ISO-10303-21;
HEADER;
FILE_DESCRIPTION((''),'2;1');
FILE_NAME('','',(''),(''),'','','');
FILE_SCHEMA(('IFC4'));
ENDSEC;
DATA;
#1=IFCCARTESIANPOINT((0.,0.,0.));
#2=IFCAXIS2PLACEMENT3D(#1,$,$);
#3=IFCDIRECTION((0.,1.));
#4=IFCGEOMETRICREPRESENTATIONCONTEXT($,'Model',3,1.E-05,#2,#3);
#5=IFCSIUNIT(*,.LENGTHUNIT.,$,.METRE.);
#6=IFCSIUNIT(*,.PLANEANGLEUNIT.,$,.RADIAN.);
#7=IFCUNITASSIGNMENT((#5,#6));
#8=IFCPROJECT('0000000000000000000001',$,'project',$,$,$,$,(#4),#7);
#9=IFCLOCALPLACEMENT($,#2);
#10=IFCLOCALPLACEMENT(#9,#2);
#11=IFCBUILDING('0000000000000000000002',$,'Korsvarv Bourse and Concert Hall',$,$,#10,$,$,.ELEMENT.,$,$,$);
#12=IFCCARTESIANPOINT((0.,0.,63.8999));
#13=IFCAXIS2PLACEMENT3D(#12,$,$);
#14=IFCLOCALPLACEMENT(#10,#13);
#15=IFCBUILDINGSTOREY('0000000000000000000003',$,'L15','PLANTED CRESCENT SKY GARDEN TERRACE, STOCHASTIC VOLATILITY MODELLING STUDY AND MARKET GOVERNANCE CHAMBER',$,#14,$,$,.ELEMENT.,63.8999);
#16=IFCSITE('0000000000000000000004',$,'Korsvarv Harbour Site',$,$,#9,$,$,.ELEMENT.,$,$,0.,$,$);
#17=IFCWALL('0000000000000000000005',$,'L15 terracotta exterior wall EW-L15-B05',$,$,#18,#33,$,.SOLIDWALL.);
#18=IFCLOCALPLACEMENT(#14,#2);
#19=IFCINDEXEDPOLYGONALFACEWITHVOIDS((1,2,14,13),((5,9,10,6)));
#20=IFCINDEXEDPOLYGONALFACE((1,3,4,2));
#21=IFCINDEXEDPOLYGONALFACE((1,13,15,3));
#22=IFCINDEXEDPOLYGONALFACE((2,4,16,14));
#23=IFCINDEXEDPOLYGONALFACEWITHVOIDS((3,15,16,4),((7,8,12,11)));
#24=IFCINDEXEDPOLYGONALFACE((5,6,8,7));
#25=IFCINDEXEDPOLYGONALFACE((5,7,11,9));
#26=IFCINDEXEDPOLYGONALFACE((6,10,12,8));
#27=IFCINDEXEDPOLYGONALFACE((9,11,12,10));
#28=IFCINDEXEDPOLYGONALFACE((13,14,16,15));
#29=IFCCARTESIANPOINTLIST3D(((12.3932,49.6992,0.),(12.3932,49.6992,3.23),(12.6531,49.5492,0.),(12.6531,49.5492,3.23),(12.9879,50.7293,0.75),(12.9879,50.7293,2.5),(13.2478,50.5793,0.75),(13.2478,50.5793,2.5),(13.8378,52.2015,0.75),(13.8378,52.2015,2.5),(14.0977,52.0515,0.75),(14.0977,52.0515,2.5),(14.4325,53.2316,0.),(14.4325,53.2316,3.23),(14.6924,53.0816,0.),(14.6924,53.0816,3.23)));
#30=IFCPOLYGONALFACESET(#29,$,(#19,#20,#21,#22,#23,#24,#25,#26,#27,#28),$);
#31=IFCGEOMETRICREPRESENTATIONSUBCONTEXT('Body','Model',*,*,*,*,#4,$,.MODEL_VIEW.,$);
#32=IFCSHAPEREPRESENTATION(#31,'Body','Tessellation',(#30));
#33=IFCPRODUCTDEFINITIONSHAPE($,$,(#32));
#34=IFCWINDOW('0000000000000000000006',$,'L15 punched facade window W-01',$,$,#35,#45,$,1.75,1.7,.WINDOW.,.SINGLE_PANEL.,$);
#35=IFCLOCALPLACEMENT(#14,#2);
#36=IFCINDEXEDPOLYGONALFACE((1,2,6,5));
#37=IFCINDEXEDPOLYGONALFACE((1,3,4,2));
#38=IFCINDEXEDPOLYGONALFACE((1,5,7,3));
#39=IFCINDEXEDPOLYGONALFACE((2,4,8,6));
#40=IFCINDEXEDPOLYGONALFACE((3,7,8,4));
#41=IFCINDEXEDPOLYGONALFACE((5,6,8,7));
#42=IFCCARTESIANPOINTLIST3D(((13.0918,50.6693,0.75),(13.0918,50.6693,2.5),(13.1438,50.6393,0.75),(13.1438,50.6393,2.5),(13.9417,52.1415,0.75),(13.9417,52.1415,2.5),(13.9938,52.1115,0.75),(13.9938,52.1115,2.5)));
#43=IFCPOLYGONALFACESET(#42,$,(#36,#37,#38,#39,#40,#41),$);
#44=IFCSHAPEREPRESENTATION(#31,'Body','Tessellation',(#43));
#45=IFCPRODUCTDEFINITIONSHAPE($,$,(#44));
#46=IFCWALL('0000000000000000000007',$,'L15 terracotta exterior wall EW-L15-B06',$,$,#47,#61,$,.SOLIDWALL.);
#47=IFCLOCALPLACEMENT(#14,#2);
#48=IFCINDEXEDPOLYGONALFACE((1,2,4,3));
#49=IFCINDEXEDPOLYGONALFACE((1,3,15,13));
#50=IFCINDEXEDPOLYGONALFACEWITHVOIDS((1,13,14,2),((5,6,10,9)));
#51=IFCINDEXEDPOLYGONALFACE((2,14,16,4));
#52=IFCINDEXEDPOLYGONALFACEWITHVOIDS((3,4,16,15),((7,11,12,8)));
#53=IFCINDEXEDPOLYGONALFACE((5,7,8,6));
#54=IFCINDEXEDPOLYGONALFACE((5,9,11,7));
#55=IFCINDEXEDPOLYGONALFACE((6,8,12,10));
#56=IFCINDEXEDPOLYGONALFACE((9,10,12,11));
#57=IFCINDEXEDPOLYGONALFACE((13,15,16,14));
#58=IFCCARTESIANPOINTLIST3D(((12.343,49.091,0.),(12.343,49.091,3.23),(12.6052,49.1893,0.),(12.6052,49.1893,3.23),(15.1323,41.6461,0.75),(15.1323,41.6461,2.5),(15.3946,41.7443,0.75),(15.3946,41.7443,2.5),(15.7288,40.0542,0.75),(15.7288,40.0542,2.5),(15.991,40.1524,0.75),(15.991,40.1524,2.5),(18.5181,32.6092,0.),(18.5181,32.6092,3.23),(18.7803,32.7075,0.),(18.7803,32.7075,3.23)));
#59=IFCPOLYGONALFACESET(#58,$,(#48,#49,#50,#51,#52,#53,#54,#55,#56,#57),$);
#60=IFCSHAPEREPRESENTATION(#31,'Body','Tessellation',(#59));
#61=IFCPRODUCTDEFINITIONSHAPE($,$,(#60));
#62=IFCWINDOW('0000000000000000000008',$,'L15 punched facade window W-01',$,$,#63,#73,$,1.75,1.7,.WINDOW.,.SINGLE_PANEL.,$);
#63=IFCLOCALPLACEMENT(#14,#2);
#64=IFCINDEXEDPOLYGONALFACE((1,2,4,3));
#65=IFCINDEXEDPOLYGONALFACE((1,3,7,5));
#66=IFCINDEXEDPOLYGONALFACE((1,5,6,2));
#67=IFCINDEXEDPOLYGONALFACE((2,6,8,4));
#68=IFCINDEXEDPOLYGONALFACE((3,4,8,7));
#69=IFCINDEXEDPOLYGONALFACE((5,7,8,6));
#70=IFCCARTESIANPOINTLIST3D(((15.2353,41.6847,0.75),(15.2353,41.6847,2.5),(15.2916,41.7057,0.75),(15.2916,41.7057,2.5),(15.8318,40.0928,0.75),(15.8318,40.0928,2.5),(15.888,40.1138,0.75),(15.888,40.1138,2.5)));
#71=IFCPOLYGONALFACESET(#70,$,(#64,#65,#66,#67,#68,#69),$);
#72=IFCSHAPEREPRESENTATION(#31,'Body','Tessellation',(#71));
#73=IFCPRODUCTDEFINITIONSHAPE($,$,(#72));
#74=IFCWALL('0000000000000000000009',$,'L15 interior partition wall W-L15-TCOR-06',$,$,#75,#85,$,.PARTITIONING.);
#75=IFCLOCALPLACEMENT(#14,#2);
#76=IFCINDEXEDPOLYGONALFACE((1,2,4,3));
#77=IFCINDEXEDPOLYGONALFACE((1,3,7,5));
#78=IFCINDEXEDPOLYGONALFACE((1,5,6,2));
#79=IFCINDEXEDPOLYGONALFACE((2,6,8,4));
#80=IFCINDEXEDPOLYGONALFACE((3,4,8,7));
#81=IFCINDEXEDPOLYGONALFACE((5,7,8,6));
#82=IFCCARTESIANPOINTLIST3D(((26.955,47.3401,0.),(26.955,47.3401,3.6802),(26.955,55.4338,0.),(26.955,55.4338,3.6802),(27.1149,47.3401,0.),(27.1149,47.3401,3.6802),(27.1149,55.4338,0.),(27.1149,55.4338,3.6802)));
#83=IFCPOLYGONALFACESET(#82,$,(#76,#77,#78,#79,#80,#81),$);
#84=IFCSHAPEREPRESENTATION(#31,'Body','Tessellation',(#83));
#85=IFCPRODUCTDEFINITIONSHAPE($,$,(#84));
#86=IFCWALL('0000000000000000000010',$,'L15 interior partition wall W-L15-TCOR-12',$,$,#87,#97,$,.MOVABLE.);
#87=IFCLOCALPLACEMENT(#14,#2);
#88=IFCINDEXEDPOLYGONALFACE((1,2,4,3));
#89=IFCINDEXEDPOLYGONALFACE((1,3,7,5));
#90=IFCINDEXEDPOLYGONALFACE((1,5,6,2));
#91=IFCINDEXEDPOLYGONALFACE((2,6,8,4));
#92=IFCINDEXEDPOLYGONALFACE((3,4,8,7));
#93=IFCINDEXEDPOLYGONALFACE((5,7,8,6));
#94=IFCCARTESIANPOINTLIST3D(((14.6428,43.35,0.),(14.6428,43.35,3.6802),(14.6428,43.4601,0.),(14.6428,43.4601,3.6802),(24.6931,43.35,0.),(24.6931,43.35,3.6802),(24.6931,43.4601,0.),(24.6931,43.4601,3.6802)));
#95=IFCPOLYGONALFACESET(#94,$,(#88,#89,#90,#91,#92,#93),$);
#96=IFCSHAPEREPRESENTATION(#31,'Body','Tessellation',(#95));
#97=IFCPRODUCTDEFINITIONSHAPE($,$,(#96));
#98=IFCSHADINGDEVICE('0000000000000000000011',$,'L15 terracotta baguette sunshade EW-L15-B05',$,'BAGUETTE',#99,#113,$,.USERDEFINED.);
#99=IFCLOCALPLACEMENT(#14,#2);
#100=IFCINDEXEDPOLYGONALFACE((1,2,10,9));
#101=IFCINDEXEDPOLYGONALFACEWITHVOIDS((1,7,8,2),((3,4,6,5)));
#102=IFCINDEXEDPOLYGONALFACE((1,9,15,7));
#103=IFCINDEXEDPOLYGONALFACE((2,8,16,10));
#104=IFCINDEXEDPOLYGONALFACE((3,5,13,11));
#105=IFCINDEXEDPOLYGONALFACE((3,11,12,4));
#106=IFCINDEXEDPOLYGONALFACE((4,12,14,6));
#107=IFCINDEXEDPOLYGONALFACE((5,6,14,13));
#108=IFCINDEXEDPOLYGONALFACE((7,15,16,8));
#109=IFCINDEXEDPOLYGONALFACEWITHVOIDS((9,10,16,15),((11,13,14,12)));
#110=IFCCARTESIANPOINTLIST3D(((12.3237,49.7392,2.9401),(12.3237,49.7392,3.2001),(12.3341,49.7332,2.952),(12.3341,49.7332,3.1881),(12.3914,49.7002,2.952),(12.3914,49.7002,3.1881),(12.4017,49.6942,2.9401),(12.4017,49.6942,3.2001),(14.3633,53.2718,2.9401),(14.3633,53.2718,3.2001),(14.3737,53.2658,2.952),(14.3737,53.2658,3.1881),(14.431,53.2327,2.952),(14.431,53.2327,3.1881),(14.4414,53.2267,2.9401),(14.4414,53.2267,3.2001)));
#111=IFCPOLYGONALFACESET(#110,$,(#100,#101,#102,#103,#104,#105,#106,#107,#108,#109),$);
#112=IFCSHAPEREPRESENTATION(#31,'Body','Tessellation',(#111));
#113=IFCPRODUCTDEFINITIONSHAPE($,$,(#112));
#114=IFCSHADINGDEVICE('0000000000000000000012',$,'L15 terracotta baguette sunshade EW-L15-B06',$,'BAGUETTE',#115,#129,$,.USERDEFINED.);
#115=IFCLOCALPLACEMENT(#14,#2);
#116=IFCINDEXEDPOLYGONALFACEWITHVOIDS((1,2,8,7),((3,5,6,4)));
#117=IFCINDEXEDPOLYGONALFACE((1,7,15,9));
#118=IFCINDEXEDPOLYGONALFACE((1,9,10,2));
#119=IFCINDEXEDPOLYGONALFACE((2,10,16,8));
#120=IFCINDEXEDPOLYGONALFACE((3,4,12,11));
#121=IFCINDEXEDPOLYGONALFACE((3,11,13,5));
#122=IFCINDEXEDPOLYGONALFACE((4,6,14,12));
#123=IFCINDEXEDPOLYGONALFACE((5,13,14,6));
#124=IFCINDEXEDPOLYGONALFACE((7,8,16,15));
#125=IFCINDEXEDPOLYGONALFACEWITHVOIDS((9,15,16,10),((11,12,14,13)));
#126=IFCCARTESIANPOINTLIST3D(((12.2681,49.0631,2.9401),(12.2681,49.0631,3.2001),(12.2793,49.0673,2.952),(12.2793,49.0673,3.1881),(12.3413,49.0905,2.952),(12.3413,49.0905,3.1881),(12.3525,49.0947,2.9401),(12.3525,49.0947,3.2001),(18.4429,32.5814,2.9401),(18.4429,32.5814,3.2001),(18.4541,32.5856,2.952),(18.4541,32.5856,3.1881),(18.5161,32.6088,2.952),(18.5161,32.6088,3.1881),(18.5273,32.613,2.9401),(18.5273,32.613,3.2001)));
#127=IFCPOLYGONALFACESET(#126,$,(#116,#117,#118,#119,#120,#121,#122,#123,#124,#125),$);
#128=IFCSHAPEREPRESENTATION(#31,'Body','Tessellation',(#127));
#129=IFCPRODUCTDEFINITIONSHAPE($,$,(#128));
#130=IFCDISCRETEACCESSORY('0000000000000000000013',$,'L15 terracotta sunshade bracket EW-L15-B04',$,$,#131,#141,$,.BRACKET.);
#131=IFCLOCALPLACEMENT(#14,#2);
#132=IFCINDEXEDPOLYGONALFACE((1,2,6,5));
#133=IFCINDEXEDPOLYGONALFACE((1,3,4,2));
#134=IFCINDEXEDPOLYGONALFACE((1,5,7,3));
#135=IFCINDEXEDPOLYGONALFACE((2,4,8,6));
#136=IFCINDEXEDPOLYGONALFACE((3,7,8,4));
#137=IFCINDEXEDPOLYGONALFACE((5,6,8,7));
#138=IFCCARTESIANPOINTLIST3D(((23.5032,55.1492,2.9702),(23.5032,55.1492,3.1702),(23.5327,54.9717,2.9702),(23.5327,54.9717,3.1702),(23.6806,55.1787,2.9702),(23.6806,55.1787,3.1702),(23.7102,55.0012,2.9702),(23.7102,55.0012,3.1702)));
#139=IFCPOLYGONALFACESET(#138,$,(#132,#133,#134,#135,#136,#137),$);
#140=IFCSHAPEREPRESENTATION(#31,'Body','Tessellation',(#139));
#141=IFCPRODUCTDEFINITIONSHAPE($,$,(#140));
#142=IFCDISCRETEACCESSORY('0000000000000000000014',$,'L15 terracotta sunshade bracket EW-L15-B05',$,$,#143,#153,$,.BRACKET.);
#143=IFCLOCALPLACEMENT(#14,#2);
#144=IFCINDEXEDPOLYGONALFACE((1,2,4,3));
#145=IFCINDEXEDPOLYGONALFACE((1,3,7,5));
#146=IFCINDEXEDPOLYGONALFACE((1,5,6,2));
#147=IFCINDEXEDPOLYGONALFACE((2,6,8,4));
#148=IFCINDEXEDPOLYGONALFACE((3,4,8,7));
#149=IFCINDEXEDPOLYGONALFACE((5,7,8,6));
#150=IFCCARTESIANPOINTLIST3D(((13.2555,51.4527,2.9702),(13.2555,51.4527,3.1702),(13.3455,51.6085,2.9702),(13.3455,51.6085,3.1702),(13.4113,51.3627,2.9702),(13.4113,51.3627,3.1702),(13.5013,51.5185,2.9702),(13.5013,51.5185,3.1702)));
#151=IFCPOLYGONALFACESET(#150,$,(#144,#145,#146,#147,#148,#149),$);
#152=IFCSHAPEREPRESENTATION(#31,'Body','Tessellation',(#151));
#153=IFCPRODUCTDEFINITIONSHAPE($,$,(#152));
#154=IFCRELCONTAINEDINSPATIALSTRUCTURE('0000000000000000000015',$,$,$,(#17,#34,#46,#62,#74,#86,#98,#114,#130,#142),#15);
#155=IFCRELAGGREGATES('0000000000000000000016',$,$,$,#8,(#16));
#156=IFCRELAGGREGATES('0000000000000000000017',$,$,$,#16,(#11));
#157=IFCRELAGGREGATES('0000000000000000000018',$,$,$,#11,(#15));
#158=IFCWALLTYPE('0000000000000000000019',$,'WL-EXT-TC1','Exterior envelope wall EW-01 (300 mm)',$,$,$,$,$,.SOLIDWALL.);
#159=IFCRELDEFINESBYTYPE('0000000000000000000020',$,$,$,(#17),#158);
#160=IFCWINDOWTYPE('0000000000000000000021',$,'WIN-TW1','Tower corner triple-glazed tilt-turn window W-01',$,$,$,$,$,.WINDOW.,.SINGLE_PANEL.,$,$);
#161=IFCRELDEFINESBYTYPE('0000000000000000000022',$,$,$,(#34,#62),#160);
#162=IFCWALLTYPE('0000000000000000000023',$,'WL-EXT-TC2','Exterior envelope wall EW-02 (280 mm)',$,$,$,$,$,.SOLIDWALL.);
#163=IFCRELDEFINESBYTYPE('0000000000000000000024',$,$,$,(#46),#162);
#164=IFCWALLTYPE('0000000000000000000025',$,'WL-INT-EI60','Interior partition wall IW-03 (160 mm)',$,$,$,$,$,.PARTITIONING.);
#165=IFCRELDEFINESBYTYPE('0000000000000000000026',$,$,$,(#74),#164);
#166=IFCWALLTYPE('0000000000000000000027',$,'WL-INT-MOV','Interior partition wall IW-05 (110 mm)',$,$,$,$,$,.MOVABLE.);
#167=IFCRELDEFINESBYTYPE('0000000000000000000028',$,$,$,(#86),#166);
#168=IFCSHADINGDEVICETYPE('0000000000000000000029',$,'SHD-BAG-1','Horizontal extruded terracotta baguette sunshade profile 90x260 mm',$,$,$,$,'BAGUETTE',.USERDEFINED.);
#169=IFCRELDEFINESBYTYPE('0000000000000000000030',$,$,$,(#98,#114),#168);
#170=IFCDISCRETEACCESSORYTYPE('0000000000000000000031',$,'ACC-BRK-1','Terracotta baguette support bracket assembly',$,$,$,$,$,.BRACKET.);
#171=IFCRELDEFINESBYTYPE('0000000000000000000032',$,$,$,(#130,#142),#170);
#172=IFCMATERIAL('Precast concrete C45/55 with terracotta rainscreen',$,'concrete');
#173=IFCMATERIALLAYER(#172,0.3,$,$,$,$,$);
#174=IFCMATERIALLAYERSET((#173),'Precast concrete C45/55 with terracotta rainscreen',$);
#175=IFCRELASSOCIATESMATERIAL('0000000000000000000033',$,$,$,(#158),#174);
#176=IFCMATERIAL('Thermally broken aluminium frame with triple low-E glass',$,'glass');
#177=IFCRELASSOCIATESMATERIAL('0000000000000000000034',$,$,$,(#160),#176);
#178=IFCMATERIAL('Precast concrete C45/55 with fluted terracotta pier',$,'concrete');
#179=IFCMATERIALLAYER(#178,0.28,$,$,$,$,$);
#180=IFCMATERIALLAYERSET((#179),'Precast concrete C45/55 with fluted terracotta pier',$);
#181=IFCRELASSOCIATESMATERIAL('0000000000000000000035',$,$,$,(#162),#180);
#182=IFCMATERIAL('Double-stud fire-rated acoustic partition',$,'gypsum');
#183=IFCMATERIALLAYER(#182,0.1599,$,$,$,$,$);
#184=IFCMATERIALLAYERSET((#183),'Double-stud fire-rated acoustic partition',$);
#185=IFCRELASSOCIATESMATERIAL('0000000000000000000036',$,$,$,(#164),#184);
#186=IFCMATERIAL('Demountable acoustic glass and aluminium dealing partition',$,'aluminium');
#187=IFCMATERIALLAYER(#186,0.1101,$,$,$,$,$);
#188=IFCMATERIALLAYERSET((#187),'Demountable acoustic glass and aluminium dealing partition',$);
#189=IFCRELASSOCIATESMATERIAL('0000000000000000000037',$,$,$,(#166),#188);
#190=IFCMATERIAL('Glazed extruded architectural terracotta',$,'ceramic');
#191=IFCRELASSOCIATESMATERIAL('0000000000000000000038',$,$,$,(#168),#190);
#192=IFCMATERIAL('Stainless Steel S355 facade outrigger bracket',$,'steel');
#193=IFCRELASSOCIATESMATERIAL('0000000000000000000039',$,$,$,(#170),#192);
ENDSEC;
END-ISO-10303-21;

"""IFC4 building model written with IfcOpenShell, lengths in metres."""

from ifc_helpers import new_model, si_unit, direction, frame, frame_2d, origin, origin_2d, place, context, subcontext, project, spatial, rectangle, hollow_rectangle, extrude, source, transform, mapped, material, layer, layer_set, material_profile, profile_set, type_object, element, fill, save


model = new_model("IFC4")

# Units and contexts
model_context = context("Model", 3, precision=1e-05, world=origin(), true_north=direction((0.0, 1.0)))
body_context = subcontext(model_context, "Body", "Model", "MODEL_VIEW")
ifc_project = project(units=[si_unit("LENGTHUNIT", "METRE"), si_unit("PLANEANGLEUNIT", "RADIAN")], contexts=[model_context])

# Site, building, storey
site_placement = place(None, origin())
site = spatial("IfcSite", under=ifc_project, at=site_placement, Name="Korsvarv Harbour Site", CompositionType="ELEMENT", RefElevation=0.0)
building_placement = place(site_placement, origin())
building = spatial("IfcBuilding", under=site, at=building_placement, Name="Korsvarv Bourse and Concert Hall", CompositionType="ELEMENT")
storey_placement = place(building_placement, frame((0.0, 0.0, 63.8999)))
storey = spatial("IfcBuildingStorey", under=building, at=storey_placement, Name="L15", Description="PLANTED CRESCENT SKY GARDEN TERRACE, STOCHASTIC VOLATILITY MODELLING STUDY AND MARKET GOVERNANCE CHAMBER", CompositionType="ELEMENT", Elevation=63.8999)

# Walls, openings, windows
ifc_material_1 = material(Name="Precast concrete C45/55 with terracotta rainscreen", Category="concrete")
ifc_layer_1 = layer(ifc_material_1, 0.3)
ifc_layer_set_1 = layer_set([ifc_layer_1], Name="Precast concrete C45/55 with terracotta rainscreen")
wall_type_1 = type_object("IfcWallType", Name="WL-EXT-TC1", Description="Exterior envelope wall EW-01 (300 mm)", PredefinedType="SOLIDWALL", material=ifc_layer_set_1)
wall_1_placement = place(storey_placement, frame((14.5625, 53.1567, 0.0), z_axis=(0.0, 0.0, 1.0), x_axis=(-0.499969, -0.866043, 0.0)))
wall_1 = element("IfcWall", 1, at=wall_1_placement, inside=storey, type_object=wall_type_1, Name="L15 terracotta exterior wall EW-L15-B05", PredefinedType="SOLIDWALL", context=body_context, shape_type="SweptSolid", body=[
    extrude(rectangle(XDim=4.0789, YDim=0.3, at=frame_2d((2.0396, 0.0))), origin(), (0.0, 0.0, 1.0), 3.23),
])
opening_1_placement = place(wall_1_placement, frame((1.1895, 0.0, 0.75)))
opening_1 = element("IfcOpeningElement", 2, at=opening_1_placement, cuts=wall_1, PredefinedType="OPENING", context=body_context, shape_type="SweptSolid", body=[
    extrude(rectangle(XDim=1.7, YDim=1.75, at=frame_2d((0.8501, 0.875))), frame((0.0, 0.1602, 0.0), z_axis=(0.0, -1.0, 0.0), x_axis=(1.0, 0.0, 0.0)), (0.0, 0.0, 1.0), 0.3201),
])
ifc_material_2 = material(Name="Thermally broken aluminium frame with triple low-E glass", Category="glass")
window_type = type_object("IfcWindowType", Name="WIN-TW1", Description="Tower corner triple-glazed tilt-turn window W-01", PartitioningType="SINGLE_PANEL", PredefinedType="WINDOW", material=ifc_material_2)
window_1_placement = place(opening_1_placement, origin())
window_1 = element("IfcWindow", 3, at=window_1_placement, inside=storey, type_object=window_type, Name="L15 punched facade window W-01", OverallHeight=1.75, OverallWidth=1.7, PartitioningType="SINGLE_PANEL", PredefinedType="WINDOW", context=body_context, shape_type="SweptSolid", body=[
    extrude(rectangle(XDim=1.7, YDim=1.75, at=frame_2d((0.8501, 0.875))), frame((0.0, 0.03, 0.0), z_axis=(0.0, -1.0, 0.0), x_axis=(1.0, 0.0, 0.0)), (0.0, 0.0, 1.0), 0.0601),
])
fill(opening_1, window_1)
ifc_material_3 = material(Name="Precast concrete C45/55 with fluted terracotta pier", Category="concrete")
ifc_layer_2 = layer(ifc_material_3, 0.28)
ifc_layer_set_2 = layer_set([ifc_layer_2], Name="Precast concrete C45/55 with fluted terracotta pier")
wall_type_2 = type_object("IfcWallType", Name="WL-EXT-TC2", Description="Exterior envelope wall EW-02 (280 mm)", PredefinedType="SOLIDWALL", material=ifc_layer_set_2)
wall_2_placement = place(storey_placement, frame((12.4741, 49.1401, 0.0), z_axis=(0.0, 0.0, 1.0), x_axis=(0.350845, -0.936433, 0.0)))
wall_2 = element("IfcWall", 4, at=wall_2_placement, inside=storey, type_object=wall_type_2, Name="L15 terracotta exterior wall EW-L15-B06", PredefinedType="SOLIDWALL", context=body_context, shape_type="SweptSolid", body=[
    extrude(rectangle(XDim=17.6006, YDim=0.28, at=frame_2d((8.8003, 0.0))), origin(), (0.0, 0.0, 1.0), 3.23),
])
opening_2_placement = place(wall_2_placement, frame((7.9502, 0.0, 0.75)))
opening_2 = element("IfcOpeningElement", 5, at=opening_2_placement, cuts=wall_2, PredefinedType="OPENING", context=body_context, shape_type="SweptSolid", body=[
    extrude(rectangle(XDim=1.7, YDim=1.75, at=frame_2d((0.8501, 0.875))), frame((0.0, 0.1499, 0.0), z_axis=(0.0, -1.0, 0.0), x_axis=(1.0, 0.0, 0.0)), (0.0, 0.0, 1.0), 0.3),
])
window_2_placement = place(opening_2_placement, origin())
window_2 = element("IfcWindow", 6, at=window_2_placement, inside=storey, type_object=window_type, Name="L15 punched facade window W-01", OverallHeight=1.75, OverallWidth=1.7, PartitioningType="SINGLE_PANEL", PredefinedType="WINDOW", context=body_context, shape_type="SweptSolid", body=[
    extrude(rectangle(XDim=1.7, YDim=1.75, at=frame_2d((0.8501, 0.875))), frame((0.0, 0.03, 0.0), z_axis=(0.0, -1.0, 0.0), x_axis=(1.0, 0.0, 0.0)), (0.0, 0.0, 1.0), 0.0601),
])
fill(opening_2, window_2)

# Walls
ifc_material_4 = material(Name="Double-stud fire-rated acoustic partition", Category="gypsum")
ifc_layer_3 = layer(ifc_material_4, 0.1599)
ifc_layer_set_3 = layer_set([ifc_layer_3], Name="Double-stud fire-rated acoustic partition")
wall_type_3 = type_object("IfcWallType", Name="WL-INT-EI60", Description="Interior partition wall IW-03 (160 mm)", PredefinedType="PARTITIONING", material=ifc_layer_set_3)
wall_3_placement = place(storey_placement, frame((27.0349, 47.3401, 0.0), z_axis=(0.0, 0.0, 1.0), x_axis=(0.0, 1.0, 0.0)))
element("IfcWall", 7, at=wall_3_placement, inside=storey, type_object=wall_type_3, Name="L15 interior partition wall W-L15-TCOR-06", PredefinedType="PARTITIONING", context=body_context, shape_type="SweptSolid", body=[
    extrude(rectangle(XDim=8.0938, YDim=0.1599, at=frame_2d((4.0469, 0.0))), origin(), (0.0, 0.0, 1.0), 3.6802),
])
ifc_material_5 = material(Name="Demountable acoustic glass and aluminium dealing partition", Category="aluminium")
ifc_layer_4 = layer(ifc_material_5, 0.1101)
ifc_layer_set_4 = layer_set([ifc_layer_4], Name="Demountable acoustic glass and aluminium dealing partition")
wall_type_4 = type_object("IfcWallType", Name="WL-INT-MOV", Description="Interior partition wall IW-05 (110 mm)", PredefinedType="MOVABLE", material=ifc_layer_set_4)
wall_4_placement = place(storey_placement, frame((14.6428, 43.405, 0.0), z_axis=(0.0, 0.0, 1.0), x_axis=(1.0, 0.0, 0.0)))
element("IfcWall", 8, at=wall_4_placement, inside=storey, type_object=wall_type_4, Name="L15 interior partition wall W-L15-TCOR-12", PredefinedType="MOVABLE", context=body_context, shape_type="SweptSolid", body=[
    extrude(rectangle(XDim=10.0503, YDim=0.1101, at=frame_2d((5.0251, 0.0))), origin(), (0.0, 0.0, 1.0), 3.6802),
])

# Shading devices
ifc_material_6 = material(Name="Glazed extruded architectural terracotta", Category="ceramic")
ifc_material_profile_1 = material_profile(ifc_material_6, hollow_rectangle(XDim=0.0901, YDim=0.26, WallThickness=0.012, at=origin_2d()), Name="TC-BAG 90x260")
ifc_profile_set_1 = profile_set([ifc_material_profile_1], Name="Glazed extruded architectural terracotta")
shading_device_type = type_object("IfcShadingDeviceType", Name="SHD-BAG-1", Description="Horizontal extruded terracotta baguette sunshade profile 90x260 mm", ElementType="BAGUETTE", PredefinedType="USERDEFINED", material=ifc_profile_set_1)
shared_shape_1 = source(origin(), body_context, "Body", "SweptSolid", [
    extrude(hollow_rectangle(XDim=0.0901, YDim=0.26, WallThickness=0.012, at=origin_2d()), origin(), (0.0, 0.0, 1.0), 4.0791),
])
shading_device_1_placement = place(storey_placement, frame((14.4023, 53.2493, 3.0701), z_axis=(-0.500014, -0.866017, 0.0), x_axis=(0.866017, -0.500014, 0.0)))
element("IfcShadingDevice", 9, at=shading_device_1_placement, inside=storey, type_object=shading_device_type, Name="L15 terracotta baguette sunshade EW-L15-B05", ObjectType="BAGUETTE", PredefinedType="USERDEFINED", context=body_context, shape_type="MappedRepresentation", body=[
    mapped(shared_shape_1, transform((0.0, 0.0, 0.0), scale=1.0)),
])
shared_shape_2 = source(origin(), body_context, "Body", "SweptSolid", [
    extrude(hollow_rectangle(XDim=0.0901, YDim=0.26, WallThickness=0.012, at=origin_2d()), origin(), (0.0, 0.0, 1.0), 17.6003),
])
shading_device_2_placement = place(storey_placement, frame((12.3103, 49.0789, 3.0701), z_axis=(0.350833, -0.936438, 0.0), x_axis=(0.936438, 0.350833, 0.0)))
element("IfcShadingDevice", 10, at=shading_device_2_placement, inside=storey, type_object=shading_device_type, Name="L15 terracotta baguette sunshade EW-L15-B06", ObjectType="BAGUETTE", PredefinedType="USERDEFINED", context=body_context, shape_type="MappedRepresentation", body=[
    mapped(shared_shape_2, transform((0.0, 0.0, 0.0), scale=1.0)),
])

# Discrete accessories
ifc_material_7 = material(Name="Stainless Steel S355 facade outrigger bracket", Category="steel")
discrete_accessory_type = type_object("IfcDiscreteAccessoryType", Name="ACC-BRK-1", Description="Terracotta baguette support bracket assembly", PredefinedType="BRACKET", material=ifc_material_7)
shared_shape_3 = source(origin(), body_context, "Body", "SweptSolid", [
    extrude(rectangle(XDim=0.1799, YDim=0.1799, at=origin_2d()), origin(), (0.0, 0.0, 1.0), 0.2),
])
for number, where, z_axis, x_axis, name in (
    (11, (23.6067, 55.0752, 2.9702), (0.0, 0.0, 1.0), (-0.986401, -0.164359, 0.0), "L15 terracotta sunshade bracket EW-L15-B04"),
    (12, (13.3784, 51.4856, 2.9702), (0.0, 0.0, 1.0), (-0.5, -0.866025, 0.0), "L15 terracotta sunshade bracket EW-L15-B05"),
):
    element("IfcDiscreteAccessory", number, at=place(storey_placement, frame(where, z_axis=z_axis, x_axis=x_axis)), inside=storey, type_object=discrete_accessory_type, Name=name, PredefinedType="BRACKET", context=body_context, shape_type="MappedRepresentation", body=[
        mapped(shared_shape_3, transform((0.0, 0.0, 0.0), scale=1.0)),
    ])

save(model, "model.ifc")
